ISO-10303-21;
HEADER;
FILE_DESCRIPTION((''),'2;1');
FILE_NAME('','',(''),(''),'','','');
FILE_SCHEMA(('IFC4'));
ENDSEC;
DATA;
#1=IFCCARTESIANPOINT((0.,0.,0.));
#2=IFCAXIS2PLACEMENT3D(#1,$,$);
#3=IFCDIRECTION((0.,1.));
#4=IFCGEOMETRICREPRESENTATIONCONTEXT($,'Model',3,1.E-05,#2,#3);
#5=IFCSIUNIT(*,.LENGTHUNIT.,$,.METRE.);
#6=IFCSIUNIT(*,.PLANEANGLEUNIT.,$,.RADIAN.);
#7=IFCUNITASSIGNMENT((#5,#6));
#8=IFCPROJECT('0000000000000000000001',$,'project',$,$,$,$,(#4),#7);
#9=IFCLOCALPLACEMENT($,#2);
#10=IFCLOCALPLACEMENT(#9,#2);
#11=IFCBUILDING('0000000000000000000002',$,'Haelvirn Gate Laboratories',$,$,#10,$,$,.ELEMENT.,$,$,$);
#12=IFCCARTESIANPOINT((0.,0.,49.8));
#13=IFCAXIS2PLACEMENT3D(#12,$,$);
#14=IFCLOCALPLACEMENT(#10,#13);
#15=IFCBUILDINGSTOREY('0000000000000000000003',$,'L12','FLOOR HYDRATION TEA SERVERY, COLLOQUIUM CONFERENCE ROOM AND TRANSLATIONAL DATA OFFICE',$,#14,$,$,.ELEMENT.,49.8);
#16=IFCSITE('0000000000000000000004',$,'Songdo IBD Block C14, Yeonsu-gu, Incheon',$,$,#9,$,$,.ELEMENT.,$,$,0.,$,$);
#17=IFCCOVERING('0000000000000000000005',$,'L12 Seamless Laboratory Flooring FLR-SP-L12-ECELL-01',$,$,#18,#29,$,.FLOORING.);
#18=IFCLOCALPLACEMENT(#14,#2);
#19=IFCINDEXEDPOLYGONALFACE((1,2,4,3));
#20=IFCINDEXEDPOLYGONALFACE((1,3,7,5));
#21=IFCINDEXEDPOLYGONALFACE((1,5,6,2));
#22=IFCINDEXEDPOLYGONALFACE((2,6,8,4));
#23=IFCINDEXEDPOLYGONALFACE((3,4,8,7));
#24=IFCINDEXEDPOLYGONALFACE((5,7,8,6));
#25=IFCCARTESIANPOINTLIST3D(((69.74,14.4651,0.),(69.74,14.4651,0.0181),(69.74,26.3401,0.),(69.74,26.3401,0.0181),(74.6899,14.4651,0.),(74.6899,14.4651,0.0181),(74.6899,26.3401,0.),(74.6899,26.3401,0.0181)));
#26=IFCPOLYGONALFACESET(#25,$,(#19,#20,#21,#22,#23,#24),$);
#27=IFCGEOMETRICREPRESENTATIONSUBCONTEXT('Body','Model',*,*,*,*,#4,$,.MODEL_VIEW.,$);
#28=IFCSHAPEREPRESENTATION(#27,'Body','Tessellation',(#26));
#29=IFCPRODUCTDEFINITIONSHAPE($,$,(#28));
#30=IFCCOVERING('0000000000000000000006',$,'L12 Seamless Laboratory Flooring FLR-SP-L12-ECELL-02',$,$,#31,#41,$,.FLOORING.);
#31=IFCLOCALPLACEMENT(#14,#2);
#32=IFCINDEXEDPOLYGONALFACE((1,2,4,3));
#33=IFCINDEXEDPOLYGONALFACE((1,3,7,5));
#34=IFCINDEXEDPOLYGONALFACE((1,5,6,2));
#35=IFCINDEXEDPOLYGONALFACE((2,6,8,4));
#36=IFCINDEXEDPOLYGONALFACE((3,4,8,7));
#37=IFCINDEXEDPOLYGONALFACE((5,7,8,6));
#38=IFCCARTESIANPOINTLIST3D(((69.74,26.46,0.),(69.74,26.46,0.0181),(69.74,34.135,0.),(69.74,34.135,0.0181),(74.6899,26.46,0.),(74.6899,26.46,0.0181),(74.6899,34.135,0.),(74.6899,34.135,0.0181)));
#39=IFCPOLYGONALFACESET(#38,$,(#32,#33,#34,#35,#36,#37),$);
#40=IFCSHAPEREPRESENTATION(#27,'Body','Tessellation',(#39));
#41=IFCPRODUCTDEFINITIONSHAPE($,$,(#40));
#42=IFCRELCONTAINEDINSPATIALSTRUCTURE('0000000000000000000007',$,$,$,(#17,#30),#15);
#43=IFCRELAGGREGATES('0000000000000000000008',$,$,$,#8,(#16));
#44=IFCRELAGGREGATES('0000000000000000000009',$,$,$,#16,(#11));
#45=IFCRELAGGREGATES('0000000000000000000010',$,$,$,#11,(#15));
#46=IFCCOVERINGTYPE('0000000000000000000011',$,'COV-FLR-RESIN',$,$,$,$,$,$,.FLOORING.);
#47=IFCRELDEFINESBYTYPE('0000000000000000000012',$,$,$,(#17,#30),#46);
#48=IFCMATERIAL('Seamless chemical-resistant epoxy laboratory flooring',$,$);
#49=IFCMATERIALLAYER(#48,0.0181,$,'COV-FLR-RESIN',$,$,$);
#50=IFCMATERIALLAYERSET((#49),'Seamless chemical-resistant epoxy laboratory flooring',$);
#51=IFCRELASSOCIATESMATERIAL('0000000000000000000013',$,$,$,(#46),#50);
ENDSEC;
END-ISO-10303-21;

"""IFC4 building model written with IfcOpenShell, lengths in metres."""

from ifc_helpers import new_model, si_unit, direction, frame, origin, place, context, subcontext, project, spatial, polyline, outline, extrude, material, layer, layer_set, type_object, element, save


model = new_model("IFC4")

# Units and contexts
model_context = context("Model", 3, precision=1e-05, world=origin(), true_north=direction((0.0, 1.0)))
body_context = subcontext(model_context, "Body", "Model", "MODEL_VIEW")
ifc_project = project(units=[si_unit("LENGTHUNIT", "METRE"), si_unit("PLANEANGLEUNIT", "RADIAN")], contexts=[model_context])

# Site, building, storey
site_placement = place(None, origin())
site = spatial("IfcSite", under=ifc_project, at=site_placement, Name="Songdo IBD Block C14, Yeonsu-gu, Incheon", CompositionType="ELEMENT", RefElevation=0.0)
building_placement = place(site_placement, origin())
building = spatial("IfcBuilding", under=site, at=building_placement, Name="Haelvirn Gate Laboratories", CompositionType="ELEMENT")
storey_placement = place(building_placement, frame((0.0, 0.0, 49.8)))
storey = spatial("IfcBuildingStorey", under=building, at=storey_placement, Name="L12", Description="FLOOR HYDRATION TEA SERVERY, COLLOQUIUM CONFERENCE ROOM AND TRANSLATIONAL DATA OFFICE", CompositionType="ELEMENT", Elevation=49.8)

# Coverings
ifc_material_1 = material(Name="Seamless chemical-resistant epoxy laboratory flooring")
ifc_layer_1 = layer(ifc_material_1, 0.0181, Name="COV-FLR-RESIN")
ifc_layer_set_1 = layer_set([ifc_layer_1], Name="Seamless chemical-resistant epoxy laboratory flooring")
covering_type = type_object("IfcCoveringType", Name="COV-FLR-RESIN", PredefinedType="FLOORING", material=ifc_layer_set_1)
covering_1_placement = place(storey_placement, origin())
element("IfcCovering", 1, at=covering_1_placement, inside=storey, type_object=covering_type, Name="L12 Seamless Laboratory Flooring FLR-SP-L12-ECELL-01", PredefinedType="FLOORING", context=body_context, shape_type="SweptSolid", body=[
    extrude(outline(polyline([(69.74, 26.3401), (74.6899, 26.3401), (74.6899, 14.4651), (69.74, 14.4651), (69.74, 26.3401)])), origin(), (0.0, 0.0, 1.0), 0.0181),
])
covering_2_placement = place(storey_placement, origin())
element("IfcCovering", 2, at=covering_2_placement, inside=storey, type_object=covering_type, Name="L12 Seamless Laboratory Flooring FLR-SP-L12-ECELL-02", PredefinedType="FLOORING", context=body_context, shape_type="SweptSolid", body=[
    extrude(outline(polyline([(69.74, 34.135), (74.6899, 34.135), (74.6899, 26.46), (69.74, 26.46), (69.74, 34.135)])), origin(), (0.0, 0.0, 1.0), 0.0181),
])

save(model, "model.ifc")
